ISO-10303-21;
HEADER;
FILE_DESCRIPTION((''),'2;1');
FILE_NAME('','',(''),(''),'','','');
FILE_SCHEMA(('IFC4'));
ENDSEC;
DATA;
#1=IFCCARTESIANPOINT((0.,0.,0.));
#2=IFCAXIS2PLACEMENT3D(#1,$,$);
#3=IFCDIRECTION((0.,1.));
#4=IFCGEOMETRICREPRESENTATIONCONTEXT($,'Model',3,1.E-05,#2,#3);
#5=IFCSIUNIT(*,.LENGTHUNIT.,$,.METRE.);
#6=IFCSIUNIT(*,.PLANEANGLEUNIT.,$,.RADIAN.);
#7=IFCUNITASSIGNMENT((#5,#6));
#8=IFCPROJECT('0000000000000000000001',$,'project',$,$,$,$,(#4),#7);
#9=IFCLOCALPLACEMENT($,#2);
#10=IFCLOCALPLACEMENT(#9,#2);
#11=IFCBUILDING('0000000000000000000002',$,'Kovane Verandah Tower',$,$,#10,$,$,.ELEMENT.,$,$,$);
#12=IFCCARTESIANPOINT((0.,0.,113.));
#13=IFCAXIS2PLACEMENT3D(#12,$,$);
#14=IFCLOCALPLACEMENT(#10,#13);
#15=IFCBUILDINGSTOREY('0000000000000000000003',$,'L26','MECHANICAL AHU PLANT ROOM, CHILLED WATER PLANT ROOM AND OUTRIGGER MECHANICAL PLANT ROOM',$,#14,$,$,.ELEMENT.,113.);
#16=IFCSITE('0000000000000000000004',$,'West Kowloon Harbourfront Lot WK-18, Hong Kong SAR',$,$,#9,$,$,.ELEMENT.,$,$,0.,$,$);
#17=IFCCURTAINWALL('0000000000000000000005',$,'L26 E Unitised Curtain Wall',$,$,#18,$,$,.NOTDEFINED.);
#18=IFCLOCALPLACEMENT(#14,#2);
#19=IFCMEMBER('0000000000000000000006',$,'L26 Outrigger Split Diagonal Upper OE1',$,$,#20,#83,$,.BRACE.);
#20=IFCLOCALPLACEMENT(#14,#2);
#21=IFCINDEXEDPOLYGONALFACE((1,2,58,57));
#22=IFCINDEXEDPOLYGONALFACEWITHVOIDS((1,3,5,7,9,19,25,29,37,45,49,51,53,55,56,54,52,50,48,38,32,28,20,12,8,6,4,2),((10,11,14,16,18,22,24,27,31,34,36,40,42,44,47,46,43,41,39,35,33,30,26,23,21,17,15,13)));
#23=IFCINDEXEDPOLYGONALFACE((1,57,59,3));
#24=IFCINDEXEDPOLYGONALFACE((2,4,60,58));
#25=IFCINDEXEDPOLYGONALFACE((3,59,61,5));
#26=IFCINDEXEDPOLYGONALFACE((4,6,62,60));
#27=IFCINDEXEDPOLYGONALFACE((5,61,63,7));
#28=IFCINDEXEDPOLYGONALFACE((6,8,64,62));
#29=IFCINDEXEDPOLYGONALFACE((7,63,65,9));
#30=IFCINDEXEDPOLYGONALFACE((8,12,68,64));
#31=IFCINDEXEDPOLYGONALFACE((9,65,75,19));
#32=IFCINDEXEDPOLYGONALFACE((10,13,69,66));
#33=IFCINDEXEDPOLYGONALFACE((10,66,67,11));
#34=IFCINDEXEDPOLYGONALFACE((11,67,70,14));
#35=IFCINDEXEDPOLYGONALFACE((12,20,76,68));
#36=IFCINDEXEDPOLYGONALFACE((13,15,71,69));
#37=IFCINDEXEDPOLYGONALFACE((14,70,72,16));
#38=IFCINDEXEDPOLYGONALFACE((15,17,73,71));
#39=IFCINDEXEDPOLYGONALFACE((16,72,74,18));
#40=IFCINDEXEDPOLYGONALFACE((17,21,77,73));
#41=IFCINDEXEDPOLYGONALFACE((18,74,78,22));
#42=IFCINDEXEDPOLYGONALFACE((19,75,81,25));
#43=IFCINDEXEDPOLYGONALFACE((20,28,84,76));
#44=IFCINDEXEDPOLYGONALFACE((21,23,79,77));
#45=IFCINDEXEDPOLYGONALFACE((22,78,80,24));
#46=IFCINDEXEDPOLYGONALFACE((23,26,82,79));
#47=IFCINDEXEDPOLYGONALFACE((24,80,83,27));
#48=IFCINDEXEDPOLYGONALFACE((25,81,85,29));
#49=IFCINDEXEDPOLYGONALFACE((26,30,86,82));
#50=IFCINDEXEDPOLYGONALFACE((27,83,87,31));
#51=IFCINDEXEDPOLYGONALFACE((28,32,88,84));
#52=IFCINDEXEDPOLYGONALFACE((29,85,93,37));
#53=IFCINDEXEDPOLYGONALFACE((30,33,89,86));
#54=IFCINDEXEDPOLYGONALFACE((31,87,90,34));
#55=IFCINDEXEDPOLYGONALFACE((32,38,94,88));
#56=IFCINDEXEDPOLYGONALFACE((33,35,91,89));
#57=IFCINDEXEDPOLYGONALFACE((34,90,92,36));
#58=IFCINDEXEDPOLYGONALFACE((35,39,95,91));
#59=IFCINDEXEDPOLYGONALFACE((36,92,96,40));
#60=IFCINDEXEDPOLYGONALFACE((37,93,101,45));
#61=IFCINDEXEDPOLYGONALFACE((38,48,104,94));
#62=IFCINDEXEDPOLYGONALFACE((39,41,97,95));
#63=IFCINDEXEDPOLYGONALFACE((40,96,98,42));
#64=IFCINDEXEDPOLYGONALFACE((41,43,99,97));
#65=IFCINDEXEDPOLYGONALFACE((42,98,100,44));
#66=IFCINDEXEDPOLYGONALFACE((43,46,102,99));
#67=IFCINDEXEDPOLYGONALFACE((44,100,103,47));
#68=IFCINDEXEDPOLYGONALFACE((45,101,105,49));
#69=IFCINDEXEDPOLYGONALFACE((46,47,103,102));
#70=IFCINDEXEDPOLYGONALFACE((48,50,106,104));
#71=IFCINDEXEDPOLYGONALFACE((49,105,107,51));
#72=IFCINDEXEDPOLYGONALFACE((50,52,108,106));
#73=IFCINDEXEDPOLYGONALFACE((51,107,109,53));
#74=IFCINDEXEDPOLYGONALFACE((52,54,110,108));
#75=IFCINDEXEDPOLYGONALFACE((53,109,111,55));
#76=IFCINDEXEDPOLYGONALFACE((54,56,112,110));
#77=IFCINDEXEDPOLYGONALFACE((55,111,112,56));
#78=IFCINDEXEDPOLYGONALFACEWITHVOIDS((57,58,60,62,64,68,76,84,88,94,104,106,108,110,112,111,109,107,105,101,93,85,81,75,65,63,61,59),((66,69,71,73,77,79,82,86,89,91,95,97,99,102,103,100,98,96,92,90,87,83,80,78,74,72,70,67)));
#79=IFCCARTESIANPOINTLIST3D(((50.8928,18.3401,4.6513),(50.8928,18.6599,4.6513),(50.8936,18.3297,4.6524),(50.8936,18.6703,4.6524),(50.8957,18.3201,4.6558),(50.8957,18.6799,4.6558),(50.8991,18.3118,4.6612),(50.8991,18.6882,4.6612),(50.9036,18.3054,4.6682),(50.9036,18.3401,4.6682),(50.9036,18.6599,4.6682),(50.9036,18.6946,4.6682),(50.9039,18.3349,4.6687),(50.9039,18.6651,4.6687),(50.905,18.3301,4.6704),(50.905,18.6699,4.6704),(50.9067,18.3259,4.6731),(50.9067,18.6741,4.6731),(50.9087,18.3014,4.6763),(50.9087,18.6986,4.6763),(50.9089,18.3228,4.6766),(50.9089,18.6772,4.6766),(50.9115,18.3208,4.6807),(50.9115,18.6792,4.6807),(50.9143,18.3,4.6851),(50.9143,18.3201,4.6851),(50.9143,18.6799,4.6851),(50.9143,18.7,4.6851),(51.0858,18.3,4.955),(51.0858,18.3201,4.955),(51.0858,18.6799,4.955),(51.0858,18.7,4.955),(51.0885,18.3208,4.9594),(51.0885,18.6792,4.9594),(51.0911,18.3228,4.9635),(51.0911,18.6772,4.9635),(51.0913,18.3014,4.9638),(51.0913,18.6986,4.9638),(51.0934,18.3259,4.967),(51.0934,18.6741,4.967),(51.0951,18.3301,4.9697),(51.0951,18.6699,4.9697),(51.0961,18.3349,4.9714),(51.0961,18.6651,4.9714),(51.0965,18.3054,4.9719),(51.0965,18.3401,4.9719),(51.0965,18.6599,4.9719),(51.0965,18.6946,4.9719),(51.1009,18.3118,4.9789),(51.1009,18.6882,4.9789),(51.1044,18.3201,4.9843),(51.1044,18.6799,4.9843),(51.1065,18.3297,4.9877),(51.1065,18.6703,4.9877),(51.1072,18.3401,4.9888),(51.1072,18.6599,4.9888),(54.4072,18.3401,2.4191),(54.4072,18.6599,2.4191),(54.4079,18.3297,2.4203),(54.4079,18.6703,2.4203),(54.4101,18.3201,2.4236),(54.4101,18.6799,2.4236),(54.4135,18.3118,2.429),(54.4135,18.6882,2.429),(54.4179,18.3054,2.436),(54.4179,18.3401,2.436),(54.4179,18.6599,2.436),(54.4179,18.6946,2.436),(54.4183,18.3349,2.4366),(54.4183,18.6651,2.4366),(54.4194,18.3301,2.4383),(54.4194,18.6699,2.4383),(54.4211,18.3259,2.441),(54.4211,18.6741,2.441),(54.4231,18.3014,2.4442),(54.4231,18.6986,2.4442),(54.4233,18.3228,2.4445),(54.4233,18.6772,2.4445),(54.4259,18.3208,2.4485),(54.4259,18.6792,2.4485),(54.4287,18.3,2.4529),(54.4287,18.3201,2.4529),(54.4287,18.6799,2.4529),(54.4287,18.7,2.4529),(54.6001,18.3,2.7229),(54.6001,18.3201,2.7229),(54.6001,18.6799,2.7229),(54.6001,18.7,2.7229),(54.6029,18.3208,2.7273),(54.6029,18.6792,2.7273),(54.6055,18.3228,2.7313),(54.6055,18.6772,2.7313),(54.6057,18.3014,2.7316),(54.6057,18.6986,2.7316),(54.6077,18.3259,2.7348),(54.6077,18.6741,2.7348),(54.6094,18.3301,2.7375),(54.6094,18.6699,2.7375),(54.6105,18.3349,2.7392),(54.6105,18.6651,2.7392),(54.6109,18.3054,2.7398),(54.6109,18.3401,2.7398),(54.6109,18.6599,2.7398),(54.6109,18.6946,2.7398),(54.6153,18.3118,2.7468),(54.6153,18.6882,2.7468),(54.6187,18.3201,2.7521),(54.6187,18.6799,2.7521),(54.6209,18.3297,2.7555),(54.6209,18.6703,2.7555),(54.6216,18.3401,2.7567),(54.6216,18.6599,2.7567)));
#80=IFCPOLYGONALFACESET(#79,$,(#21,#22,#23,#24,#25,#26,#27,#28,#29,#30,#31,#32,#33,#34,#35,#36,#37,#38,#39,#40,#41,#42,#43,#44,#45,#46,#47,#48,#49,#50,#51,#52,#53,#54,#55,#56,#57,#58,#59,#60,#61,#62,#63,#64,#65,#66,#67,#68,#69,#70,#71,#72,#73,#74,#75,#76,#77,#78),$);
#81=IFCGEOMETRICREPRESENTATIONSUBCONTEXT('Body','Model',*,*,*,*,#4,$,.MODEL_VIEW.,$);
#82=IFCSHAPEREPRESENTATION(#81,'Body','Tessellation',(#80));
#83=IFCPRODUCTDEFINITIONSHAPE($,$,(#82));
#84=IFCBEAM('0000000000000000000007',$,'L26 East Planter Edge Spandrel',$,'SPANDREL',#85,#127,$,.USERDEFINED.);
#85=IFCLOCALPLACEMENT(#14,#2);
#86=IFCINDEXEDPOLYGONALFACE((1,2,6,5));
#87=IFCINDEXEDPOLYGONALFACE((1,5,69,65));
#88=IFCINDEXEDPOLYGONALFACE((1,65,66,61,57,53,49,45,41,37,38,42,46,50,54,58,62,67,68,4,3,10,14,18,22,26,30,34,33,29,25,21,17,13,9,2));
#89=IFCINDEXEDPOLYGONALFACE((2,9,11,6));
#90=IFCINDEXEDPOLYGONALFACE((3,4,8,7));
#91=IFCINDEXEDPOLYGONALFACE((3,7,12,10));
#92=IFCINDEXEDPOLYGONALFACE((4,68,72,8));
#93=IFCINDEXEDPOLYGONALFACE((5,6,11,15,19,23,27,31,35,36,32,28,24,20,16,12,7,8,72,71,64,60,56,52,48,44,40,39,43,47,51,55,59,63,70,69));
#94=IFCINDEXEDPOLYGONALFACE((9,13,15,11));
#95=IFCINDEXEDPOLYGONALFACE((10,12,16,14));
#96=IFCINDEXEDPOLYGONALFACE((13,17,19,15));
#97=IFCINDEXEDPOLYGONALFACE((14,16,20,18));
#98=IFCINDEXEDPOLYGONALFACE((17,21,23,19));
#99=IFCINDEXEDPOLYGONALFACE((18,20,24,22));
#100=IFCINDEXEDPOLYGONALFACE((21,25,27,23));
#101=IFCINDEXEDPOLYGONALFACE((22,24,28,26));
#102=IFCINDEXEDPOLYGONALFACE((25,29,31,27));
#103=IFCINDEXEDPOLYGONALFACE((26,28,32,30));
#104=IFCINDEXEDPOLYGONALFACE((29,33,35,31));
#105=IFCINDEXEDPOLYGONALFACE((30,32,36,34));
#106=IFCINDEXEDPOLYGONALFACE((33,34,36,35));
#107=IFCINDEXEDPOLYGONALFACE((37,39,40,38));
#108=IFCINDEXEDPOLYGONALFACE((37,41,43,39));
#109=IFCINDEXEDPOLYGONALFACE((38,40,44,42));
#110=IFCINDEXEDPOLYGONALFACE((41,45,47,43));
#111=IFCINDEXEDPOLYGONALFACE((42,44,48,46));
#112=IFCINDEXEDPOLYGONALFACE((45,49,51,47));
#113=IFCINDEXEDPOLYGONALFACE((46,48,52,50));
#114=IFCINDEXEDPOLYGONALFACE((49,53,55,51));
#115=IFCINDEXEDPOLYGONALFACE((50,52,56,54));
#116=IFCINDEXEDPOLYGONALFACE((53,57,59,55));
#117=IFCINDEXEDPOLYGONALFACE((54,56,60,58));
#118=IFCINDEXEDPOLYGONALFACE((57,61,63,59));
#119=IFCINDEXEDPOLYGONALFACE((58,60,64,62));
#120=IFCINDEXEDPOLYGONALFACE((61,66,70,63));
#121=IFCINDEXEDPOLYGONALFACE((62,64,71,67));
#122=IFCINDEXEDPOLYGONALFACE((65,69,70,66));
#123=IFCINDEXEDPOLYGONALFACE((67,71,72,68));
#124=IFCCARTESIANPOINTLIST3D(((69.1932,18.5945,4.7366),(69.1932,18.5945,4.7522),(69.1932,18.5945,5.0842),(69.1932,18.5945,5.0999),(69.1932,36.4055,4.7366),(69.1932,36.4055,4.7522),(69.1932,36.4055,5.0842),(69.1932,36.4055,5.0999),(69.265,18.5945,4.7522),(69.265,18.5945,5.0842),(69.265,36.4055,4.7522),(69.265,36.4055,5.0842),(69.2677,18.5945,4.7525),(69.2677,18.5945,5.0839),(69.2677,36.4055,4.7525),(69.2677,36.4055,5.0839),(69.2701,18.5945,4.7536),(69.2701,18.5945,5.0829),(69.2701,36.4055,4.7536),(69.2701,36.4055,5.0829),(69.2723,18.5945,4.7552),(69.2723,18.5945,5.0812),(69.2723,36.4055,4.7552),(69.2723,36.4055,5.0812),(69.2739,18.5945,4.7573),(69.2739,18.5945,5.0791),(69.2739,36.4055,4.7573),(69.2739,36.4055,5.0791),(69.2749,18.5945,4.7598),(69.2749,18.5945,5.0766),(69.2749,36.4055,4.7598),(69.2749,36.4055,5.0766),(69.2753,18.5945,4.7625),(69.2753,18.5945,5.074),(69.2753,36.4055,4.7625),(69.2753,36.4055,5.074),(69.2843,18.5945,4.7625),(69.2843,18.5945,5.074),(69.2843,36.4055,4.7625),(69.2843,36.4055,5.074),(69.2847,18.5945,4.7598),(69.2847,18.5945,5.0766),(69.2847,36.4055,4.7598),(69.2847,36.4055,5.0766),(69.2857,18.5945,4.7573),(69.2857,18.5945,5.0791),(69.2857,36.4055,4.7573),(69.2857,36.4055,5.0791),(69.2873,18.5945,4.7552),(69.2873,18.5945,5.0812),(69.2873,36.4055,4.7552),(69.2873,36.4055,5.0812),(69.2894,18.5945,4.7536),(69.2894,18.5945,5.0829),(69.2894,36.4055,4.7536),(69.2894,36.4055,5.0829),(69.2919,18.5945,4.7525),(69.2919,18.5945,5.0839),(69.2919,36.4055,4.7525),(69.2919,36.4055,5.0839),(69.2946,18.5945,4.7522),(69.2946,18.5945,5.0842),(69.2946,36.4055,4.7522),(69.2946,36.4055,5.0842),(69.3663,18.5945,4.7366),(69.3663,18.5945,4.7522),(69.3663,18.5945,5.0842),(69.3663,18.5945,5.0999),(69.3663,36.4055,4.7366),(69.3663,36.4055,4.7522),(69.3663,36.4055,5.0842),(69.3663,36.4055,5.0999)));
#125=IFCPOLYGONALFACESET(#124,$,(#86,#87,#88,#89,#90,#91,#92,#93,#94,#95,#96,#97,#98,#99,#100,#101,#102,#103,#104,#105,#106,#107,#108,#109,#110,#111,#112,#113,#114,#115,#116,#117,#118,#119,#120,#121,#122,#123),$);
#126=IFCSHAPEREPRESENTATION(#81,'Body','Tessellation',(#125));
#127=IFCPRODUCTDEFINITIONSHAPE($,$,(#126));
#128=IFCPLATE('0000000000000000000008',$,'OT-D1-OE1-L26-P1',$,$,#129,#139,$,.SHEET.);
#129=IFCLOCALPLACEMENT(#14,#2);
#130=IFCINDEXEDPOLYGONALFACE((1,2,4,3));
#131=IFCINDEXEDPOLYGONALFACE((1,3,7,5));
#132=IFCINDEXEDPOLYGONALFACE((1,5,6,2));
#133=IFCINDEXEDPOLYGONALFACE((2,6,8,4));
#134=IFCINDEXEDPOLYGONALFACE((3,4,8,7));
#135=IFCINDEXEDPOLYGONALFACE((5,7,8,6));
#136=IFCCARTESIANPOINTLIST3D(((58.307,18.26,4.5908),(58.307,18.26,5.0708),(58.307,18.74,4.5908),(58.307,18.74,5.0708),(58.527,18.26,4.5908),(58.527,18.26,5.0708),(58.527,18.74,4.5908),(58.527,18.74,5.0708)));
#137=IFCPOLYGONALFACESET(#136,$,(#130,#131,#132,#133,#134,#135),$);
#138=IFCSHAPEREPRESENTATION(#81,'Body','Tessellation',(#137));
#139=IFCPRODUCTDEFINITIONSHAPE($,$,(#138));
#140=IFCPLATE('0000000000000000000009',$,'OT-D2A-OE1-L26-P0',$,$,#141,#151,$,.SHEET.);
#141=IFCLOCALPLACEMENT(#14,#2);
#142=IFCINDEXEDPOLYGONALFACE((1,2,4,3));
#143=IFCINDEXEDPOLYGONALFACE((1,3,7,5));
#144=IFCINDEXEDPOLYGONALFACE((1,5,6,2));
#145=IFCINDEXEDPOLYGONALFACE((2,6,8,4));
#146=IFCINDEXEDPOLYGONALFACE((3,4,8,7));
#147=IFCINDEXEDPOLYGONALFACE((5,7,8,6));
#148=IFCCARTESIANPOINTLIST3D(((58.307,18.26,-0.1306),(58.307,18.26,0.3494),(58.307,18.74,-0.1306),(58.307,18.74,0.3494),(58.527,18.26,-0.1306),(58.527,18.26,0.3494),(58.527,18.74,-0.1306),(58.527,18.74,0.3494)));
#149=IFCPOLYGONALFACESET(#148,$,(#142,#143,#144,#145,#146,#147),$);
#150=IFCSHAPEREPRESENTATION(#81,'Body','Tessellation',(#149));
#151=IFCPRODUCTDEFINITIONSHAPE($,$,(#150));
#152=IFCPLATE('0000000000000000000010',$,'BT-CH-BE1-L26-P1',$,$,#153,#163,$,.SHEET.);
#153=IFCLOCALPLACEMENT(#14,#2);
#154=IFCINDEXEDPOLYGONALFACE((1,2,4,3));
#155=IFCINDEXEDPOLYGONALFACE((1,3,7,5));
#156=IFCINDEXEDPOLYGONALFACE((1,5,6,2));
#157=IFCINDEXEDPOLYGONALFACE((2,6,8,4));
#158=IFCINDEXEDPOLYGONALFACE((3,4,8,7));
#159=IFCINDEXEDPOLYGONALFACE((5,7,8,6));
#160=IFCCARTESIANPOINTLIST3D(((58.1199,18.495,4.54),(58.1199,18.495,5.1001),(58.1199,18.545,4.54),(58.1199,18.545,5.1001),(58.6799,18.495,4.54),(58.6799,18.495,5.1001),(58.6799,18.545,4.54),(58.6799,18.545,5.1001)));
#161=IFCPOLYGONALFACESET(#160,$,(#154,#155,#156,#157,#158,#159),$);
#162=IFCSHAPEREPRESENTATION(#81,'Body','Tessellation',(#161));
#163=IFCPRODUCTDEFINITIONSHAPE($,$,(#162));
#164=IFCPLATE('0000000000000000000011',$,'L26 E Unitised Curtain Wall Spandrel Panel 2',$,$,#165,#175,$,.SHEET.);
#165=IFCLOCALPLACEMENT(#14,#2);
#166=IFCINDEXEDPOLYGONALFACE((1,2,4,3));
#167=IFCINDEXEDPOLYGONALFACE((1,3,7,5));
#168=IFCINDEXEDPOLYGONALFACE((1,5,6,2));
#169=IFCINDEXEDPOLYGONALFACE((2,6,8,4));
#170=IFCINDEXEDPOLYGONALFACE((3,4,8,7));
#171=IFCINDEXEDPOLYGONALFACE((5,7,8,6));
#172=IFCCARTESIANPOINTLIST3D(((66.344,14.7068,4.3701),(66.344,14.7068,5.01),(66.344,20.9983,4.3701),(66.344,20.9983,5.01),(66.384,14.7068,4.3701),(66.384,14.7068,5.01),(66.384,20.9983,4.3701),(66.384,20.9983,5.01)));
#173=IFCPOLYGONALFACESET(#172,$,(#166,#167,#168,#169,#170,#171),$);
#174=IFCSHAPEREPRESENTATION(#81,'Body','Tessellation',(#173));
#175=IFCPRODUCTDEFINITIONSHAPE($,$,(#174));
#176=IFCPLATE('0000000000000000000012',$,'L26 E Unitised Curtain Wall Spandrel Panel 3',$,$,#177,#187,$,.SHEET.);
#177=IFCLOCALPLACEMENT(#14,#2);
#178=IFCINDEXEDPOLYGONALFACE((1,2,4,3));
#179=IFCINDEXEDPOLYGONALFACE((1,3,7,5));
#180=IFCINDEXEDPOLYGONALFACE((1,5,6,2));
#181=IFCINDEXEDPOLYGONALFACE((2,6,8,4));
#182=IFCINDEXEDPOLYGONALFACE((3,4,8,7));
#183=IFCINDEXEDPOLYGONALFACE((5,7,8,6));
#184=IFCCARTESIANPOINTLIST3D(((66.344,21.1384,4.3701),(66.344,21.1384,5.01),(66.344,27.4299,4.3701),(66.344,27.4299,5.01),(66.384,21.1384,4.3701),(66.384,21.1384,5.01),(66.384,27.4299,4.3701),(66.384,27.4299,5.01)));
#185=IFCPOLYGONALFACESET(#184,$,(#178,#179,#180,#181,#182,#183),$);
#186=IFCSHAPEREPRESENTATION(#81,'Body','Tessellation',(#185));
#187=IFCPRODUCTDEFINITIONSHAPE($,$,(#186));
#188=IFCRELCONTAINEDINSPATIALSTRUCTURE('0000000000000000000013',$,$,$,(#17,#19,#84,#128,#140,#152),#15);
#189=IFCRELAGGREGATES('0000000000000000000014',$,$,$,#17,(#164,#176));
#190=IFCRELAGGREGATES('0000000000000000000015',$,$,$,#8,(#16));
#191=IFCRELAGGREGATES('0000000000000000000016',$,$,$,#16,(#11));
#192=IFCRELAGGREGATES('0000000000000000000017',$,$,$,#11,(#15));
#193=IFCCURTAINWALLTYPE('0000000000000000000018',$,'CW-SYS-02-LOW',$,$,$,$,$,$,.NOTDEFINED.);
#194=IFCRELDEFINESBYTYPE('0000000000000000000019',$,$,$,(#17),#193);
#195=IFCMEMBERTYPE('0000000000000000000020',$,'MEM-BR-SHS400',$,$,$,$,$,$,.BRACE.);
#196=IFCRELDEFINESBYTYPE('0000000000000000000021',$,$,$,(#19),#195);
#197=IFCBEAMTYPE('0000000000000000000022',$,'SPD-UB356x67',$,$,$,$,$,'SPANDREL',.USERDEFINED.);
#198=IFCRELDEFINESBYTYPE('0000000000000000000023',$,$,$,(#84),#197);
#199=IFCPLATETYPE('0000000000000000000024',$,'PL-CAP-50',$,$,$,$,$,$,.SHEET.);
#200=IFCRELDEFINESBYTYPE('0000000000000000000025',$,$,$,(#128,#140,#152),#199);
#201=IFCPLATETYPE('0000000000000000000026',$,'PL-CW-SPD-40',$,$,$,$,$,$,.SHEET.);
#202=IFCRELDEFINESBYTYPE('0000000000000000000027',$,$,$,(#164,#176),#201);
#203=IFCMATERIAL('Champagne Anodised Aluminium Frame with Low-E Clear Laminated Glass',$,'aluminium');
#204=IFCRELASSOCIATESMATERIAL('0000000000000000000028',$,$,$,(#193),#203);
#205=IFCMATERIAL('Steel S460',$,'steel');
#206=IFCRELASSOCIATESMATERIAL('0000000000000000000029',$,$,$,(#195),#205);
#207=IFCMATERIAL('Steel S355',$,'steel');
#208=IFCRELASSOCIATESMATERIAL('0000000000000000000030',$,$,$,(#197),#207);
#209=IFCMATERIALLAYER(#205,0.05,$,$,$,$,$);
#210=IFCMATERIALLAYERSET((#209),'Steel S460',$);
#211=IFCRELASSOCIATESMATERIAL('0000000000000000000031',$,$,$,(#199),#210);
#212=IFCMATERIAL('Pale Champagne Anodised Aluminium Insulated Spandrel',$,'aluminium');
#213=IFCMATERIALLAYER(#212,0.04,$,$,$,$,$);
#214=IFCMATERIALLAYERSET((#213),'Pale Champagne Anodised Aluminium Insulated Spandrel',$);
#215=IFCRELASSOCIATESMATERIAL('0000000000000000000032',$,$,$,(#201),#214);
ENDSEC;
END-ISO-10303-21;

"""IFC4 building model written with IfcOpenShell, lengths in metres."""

from ifc_helpers import new_model, si_unit, direction, frame, origin, origin_2d, place, context, subcontext, project, spatial, rectangle, hollow_rectangle, i_section, extrude, material, layer, layer_set, material_profile, profile_set, type_object, element, aggregate, save


model = new_model("IFC4")

# Units and contexts
model_context = context("Model", 3, precision=1e-05, world=origin(), true_north=direction((0.0, 1.0)))
body_context = subcontext(model_context, "Body", "Model", "MODEL_VIEW")
ifc_project = project(units=[si_unit("LENGTHUNIT", "METRE"), si_unit("PLANEANGLEUNIT", "RADIAN")], contexts=[model_context])

# Site, building, storey
site_placement = place(None, origin())
site = spatial("IfcSite", under=ifc_project, at=site_placement, Name="West Kowloon Harbourfront Lot WK-18, Hong Kong SAR", CompositionType="ELEMENT", RefElevation=0.0)
building_placement = place(site_placement, origin())
building = spatial("IfcBuilding", under=site, at=building_placement, Name="Kovane Verandah Tower", CompositionType="ELEMENT")
storey_placement = place(building_placement, frame((0.0, 0.0, 113.0)))
storey = spatial("IfcBuildingStorey", under=building, at=storey_placement, Name="L26", Description="MECHANICAL AHU PLANT ROOM, CHILLED WATER PLANT ROOM AND OUTRIGGER MECHANICAL PLANT ROOM", CompositionType="ELEMENT", Elevation=113.0)

# Shared definitions
ifc_material_1 = material(Name="Steel S460", Category="steel")

# Curtain wall
ifc_material_2 = material(Name="Champagne Anodised Aluminium Frame with Low-E Clear Laminated Glass", Category="aluminium")
curtain_wall_type = type_object("IfcCurtainWallType", Name="CW-SYS-02-LOW", PredefinedType="NOTDEFINED", material=ifc_material_2)
curtain_wall_placement = place(storey_placement, origin())
curtain_wall = element("IfcCurtainWall", 1, at=curtain_wall_placement, inside=storey, type_object=curtain_wall_type, Name="L26 E Unitised Curtain Wall", PredefinedType="NOTDEFINED")

# Shared definitions
ifc_material_3 = material(Name="Steel S355", Category="steel")

# Member
ifc_material_profile_1 = material_profile(ifc_material_1, hollow_rectangle(XDim=0.3999, YDim=0.3999, WallThickness=0.02, InnerFilletRadius=0.02, OuterFilletRadius=0.04, at=origin_2d()), Name="SHS400x400x20")
ifc_profile_set_1 = profile_set([ifc_material_profile_1], Name="Steel S460")
member_type_1 = type_object("IfcMemberType", Name="MEM-BR-SHS400", PredefinedType="BRACE", material=ifc_profile_set_1)
member_1_placement = place(storey_placement, frame((54.5144, 18.5, 2.5879), z_axis=(-0.844125, 0.0, 0.536147), x_axis=(0.0, -1.0, 0.0)))
element("IfcMember", 2, at=member_1_placement, inside=storey, type_object=member_type_1, Name="L26 Outrigger Split Diagonal Upper OE1", PredefinedType="BRACE", context=body_context, shape_type="SweptSolid", body=[
    extrude(hollow_rectangle(XDim=0.3999, YDim=0.3999, WallThickness=0.02, InnerFilletRadius=0.02, OuterFilletRadius=0.04, at=origin_2d()), origin(), (0.0, 0.0, 1.0), 4.1633),
])

# Beam
ifc_material_profile_2 = material_profile(ifc_material_3, i_section(OverallWidth=0.1731, OverallDepth=0.3633, WebThickness=0.009, FlangeThickness=0.0156, FilletRadius=0.0103, at=origin_2d()), Name="UB356x171x67")
ifc_profile_set_2 = profile_set([ifc_material_profile_2], Name="Steel S355")
beam_type_1 = type_object("IfcBeamType", Name="SPD-UB356x67", ElementType="SPANDREL", PredefinedType="USERDEFINED", material=ifc_profile_set_2)
beam_1_placement = place(storey_placement, frame((69.2798, 18.5945, 4.9182), z_axis=(0.0, 1.0, 0.0), x_axis=(-1.0, 0.0, 0.0)))
element("IfcBeam", 3, at=beam_1_placement, inside=storey, type_object=beam_type_1, Name="L26 East Planter Edge Spandrel", ObjectType="SPANDREL", PredefinedType="USERDEFINED", context=body_context, shape_type="SweptSolid", body=[
    extrude(i_section(OverallWidth=0.1731, OverallDepth=0.3633, WebThickness=0.009, FlangeThickness=0.0156, FilletRadius=0.0103, at=origin_2d()), origin(), (0.0, 0.0, 1.0), 17.811),
])

# Plates
ifc_layer_1 = layer(ifc_material_1, 0.05)
ifc_layer_set_1 = layer_set([ifc_layer_1], Name="Steel S460")
plate_type_1 = type_object("IfcPlateType", Name="PL-CAP-50", PredefinedType="SHEET", material=ifc_layer_set_1)
for number, where, z_axis, x_axis, name in (
    (4, (58.417, 18.5, 4.5908), (0.0, 0.0, 1.0), (1.0, 0.0, 0.0), "OT-D1-OE1-L26-P1"),
    (5, (58.417, 18.5, -0.1306), (0.0, 0.0, 1.0), (-1.0, 0.0, 0.0), "OT-D2A-OE1-L26-P0"),
):
    element("IfcPlate", number, at=place(storey_placement, frame(where, z_axis=z_axis, x_axis=x_axis)), inside=storey, type_object=plate_type_1, Name=name, PredefinedType="SHEET", context=body_context, shape_type="SweptSolid", body=[
        extrude(rectangle(XDim=0.22, YDim=0.48, at=origin_2d()), origin(), (0.0, 0.0, 1.0), 0.48),
    ])
plate_1_placement = place(storey_placement, frame((58.3999, 18.52, 4.54), z_axis=(0.0, 0.0, 1.0), x_axis=(0.0, 1.0, 0.0)))
element("IfcPlate", 6, at=plate_1_placement, inside=storey, type_object=plate_type_1, Name="BT-CH-BE1-L26-P1", PredefinedType="SHEET", context=body_context, shape_type="SweptSolid", body=[
    extrude(rectangle(XDim=0.05, YDim=0.5601, at=origin_2d()), origin(), (0.0, 0.0, 1.0), 0.5601),
])

# Plates
ifc_material_4 = material(Name="Pale Champagne Anodised Aluminium Insulated Spandrel", Category="aluminium")
ifc_layer_2 = layer(ifc_material_4, 0.04)
ifc_layer_set_2 = layer_set([ifc_layer_2], Name="Pale Champagne Anodised Aluminium Insulated Spandrel")
plate_type_2 = type_object("IfcPlateType", Name="PL-CW-SPD-40", PredefinedType="SHEET", material=ifc_layer_set_2)
plate_2_placement = place(storey_placement, frame((66.364, 17.8525, 4.3701), z_axis=(0.0, 0.0, 1.0), x_axis=(0.0, 1.0, 0.0)))
plate_2 = element("IfcPlate", 7, at=plate_2_placement, type_object=plate_type_2, Name="L26 E Unitised Curtain Wall Spandrel Panel 2", PredefinedType="SHEET", context=body_context, shape_type="SweptSolid", body=[
    extrude(rectangle(XDim=6.2915, YDim=0.04, at=origin_2d()), origin(), (0.0, 0.0, 1.0), 0.6399),
])
plate_3_placement = place(storey_placement, frame((66.364, 24.2842, 4.3701), z_axis=(0.0, 0.0, 1.0), x_axis=(0.0, 1.0, 0.0)))
plate_3 = element("IfcPlate", 8, at=plate_3_placement, type_object=plate_type_2, Name="L26 E Unitised Curtain Wall Spandrel Panel 3", PredefinedType="SHEET", context=body_context, shape_type="SweptSolid", body=[
    extrude(rectangle(XDim=6.2915, YDim=0.04, at=origin_2d()), origin(), (0.0, 0.0, 1.0), 0.6399),
])
aggregate(curtain_wall, [plate_2, plate_3])

save(model, "model.ifc")
